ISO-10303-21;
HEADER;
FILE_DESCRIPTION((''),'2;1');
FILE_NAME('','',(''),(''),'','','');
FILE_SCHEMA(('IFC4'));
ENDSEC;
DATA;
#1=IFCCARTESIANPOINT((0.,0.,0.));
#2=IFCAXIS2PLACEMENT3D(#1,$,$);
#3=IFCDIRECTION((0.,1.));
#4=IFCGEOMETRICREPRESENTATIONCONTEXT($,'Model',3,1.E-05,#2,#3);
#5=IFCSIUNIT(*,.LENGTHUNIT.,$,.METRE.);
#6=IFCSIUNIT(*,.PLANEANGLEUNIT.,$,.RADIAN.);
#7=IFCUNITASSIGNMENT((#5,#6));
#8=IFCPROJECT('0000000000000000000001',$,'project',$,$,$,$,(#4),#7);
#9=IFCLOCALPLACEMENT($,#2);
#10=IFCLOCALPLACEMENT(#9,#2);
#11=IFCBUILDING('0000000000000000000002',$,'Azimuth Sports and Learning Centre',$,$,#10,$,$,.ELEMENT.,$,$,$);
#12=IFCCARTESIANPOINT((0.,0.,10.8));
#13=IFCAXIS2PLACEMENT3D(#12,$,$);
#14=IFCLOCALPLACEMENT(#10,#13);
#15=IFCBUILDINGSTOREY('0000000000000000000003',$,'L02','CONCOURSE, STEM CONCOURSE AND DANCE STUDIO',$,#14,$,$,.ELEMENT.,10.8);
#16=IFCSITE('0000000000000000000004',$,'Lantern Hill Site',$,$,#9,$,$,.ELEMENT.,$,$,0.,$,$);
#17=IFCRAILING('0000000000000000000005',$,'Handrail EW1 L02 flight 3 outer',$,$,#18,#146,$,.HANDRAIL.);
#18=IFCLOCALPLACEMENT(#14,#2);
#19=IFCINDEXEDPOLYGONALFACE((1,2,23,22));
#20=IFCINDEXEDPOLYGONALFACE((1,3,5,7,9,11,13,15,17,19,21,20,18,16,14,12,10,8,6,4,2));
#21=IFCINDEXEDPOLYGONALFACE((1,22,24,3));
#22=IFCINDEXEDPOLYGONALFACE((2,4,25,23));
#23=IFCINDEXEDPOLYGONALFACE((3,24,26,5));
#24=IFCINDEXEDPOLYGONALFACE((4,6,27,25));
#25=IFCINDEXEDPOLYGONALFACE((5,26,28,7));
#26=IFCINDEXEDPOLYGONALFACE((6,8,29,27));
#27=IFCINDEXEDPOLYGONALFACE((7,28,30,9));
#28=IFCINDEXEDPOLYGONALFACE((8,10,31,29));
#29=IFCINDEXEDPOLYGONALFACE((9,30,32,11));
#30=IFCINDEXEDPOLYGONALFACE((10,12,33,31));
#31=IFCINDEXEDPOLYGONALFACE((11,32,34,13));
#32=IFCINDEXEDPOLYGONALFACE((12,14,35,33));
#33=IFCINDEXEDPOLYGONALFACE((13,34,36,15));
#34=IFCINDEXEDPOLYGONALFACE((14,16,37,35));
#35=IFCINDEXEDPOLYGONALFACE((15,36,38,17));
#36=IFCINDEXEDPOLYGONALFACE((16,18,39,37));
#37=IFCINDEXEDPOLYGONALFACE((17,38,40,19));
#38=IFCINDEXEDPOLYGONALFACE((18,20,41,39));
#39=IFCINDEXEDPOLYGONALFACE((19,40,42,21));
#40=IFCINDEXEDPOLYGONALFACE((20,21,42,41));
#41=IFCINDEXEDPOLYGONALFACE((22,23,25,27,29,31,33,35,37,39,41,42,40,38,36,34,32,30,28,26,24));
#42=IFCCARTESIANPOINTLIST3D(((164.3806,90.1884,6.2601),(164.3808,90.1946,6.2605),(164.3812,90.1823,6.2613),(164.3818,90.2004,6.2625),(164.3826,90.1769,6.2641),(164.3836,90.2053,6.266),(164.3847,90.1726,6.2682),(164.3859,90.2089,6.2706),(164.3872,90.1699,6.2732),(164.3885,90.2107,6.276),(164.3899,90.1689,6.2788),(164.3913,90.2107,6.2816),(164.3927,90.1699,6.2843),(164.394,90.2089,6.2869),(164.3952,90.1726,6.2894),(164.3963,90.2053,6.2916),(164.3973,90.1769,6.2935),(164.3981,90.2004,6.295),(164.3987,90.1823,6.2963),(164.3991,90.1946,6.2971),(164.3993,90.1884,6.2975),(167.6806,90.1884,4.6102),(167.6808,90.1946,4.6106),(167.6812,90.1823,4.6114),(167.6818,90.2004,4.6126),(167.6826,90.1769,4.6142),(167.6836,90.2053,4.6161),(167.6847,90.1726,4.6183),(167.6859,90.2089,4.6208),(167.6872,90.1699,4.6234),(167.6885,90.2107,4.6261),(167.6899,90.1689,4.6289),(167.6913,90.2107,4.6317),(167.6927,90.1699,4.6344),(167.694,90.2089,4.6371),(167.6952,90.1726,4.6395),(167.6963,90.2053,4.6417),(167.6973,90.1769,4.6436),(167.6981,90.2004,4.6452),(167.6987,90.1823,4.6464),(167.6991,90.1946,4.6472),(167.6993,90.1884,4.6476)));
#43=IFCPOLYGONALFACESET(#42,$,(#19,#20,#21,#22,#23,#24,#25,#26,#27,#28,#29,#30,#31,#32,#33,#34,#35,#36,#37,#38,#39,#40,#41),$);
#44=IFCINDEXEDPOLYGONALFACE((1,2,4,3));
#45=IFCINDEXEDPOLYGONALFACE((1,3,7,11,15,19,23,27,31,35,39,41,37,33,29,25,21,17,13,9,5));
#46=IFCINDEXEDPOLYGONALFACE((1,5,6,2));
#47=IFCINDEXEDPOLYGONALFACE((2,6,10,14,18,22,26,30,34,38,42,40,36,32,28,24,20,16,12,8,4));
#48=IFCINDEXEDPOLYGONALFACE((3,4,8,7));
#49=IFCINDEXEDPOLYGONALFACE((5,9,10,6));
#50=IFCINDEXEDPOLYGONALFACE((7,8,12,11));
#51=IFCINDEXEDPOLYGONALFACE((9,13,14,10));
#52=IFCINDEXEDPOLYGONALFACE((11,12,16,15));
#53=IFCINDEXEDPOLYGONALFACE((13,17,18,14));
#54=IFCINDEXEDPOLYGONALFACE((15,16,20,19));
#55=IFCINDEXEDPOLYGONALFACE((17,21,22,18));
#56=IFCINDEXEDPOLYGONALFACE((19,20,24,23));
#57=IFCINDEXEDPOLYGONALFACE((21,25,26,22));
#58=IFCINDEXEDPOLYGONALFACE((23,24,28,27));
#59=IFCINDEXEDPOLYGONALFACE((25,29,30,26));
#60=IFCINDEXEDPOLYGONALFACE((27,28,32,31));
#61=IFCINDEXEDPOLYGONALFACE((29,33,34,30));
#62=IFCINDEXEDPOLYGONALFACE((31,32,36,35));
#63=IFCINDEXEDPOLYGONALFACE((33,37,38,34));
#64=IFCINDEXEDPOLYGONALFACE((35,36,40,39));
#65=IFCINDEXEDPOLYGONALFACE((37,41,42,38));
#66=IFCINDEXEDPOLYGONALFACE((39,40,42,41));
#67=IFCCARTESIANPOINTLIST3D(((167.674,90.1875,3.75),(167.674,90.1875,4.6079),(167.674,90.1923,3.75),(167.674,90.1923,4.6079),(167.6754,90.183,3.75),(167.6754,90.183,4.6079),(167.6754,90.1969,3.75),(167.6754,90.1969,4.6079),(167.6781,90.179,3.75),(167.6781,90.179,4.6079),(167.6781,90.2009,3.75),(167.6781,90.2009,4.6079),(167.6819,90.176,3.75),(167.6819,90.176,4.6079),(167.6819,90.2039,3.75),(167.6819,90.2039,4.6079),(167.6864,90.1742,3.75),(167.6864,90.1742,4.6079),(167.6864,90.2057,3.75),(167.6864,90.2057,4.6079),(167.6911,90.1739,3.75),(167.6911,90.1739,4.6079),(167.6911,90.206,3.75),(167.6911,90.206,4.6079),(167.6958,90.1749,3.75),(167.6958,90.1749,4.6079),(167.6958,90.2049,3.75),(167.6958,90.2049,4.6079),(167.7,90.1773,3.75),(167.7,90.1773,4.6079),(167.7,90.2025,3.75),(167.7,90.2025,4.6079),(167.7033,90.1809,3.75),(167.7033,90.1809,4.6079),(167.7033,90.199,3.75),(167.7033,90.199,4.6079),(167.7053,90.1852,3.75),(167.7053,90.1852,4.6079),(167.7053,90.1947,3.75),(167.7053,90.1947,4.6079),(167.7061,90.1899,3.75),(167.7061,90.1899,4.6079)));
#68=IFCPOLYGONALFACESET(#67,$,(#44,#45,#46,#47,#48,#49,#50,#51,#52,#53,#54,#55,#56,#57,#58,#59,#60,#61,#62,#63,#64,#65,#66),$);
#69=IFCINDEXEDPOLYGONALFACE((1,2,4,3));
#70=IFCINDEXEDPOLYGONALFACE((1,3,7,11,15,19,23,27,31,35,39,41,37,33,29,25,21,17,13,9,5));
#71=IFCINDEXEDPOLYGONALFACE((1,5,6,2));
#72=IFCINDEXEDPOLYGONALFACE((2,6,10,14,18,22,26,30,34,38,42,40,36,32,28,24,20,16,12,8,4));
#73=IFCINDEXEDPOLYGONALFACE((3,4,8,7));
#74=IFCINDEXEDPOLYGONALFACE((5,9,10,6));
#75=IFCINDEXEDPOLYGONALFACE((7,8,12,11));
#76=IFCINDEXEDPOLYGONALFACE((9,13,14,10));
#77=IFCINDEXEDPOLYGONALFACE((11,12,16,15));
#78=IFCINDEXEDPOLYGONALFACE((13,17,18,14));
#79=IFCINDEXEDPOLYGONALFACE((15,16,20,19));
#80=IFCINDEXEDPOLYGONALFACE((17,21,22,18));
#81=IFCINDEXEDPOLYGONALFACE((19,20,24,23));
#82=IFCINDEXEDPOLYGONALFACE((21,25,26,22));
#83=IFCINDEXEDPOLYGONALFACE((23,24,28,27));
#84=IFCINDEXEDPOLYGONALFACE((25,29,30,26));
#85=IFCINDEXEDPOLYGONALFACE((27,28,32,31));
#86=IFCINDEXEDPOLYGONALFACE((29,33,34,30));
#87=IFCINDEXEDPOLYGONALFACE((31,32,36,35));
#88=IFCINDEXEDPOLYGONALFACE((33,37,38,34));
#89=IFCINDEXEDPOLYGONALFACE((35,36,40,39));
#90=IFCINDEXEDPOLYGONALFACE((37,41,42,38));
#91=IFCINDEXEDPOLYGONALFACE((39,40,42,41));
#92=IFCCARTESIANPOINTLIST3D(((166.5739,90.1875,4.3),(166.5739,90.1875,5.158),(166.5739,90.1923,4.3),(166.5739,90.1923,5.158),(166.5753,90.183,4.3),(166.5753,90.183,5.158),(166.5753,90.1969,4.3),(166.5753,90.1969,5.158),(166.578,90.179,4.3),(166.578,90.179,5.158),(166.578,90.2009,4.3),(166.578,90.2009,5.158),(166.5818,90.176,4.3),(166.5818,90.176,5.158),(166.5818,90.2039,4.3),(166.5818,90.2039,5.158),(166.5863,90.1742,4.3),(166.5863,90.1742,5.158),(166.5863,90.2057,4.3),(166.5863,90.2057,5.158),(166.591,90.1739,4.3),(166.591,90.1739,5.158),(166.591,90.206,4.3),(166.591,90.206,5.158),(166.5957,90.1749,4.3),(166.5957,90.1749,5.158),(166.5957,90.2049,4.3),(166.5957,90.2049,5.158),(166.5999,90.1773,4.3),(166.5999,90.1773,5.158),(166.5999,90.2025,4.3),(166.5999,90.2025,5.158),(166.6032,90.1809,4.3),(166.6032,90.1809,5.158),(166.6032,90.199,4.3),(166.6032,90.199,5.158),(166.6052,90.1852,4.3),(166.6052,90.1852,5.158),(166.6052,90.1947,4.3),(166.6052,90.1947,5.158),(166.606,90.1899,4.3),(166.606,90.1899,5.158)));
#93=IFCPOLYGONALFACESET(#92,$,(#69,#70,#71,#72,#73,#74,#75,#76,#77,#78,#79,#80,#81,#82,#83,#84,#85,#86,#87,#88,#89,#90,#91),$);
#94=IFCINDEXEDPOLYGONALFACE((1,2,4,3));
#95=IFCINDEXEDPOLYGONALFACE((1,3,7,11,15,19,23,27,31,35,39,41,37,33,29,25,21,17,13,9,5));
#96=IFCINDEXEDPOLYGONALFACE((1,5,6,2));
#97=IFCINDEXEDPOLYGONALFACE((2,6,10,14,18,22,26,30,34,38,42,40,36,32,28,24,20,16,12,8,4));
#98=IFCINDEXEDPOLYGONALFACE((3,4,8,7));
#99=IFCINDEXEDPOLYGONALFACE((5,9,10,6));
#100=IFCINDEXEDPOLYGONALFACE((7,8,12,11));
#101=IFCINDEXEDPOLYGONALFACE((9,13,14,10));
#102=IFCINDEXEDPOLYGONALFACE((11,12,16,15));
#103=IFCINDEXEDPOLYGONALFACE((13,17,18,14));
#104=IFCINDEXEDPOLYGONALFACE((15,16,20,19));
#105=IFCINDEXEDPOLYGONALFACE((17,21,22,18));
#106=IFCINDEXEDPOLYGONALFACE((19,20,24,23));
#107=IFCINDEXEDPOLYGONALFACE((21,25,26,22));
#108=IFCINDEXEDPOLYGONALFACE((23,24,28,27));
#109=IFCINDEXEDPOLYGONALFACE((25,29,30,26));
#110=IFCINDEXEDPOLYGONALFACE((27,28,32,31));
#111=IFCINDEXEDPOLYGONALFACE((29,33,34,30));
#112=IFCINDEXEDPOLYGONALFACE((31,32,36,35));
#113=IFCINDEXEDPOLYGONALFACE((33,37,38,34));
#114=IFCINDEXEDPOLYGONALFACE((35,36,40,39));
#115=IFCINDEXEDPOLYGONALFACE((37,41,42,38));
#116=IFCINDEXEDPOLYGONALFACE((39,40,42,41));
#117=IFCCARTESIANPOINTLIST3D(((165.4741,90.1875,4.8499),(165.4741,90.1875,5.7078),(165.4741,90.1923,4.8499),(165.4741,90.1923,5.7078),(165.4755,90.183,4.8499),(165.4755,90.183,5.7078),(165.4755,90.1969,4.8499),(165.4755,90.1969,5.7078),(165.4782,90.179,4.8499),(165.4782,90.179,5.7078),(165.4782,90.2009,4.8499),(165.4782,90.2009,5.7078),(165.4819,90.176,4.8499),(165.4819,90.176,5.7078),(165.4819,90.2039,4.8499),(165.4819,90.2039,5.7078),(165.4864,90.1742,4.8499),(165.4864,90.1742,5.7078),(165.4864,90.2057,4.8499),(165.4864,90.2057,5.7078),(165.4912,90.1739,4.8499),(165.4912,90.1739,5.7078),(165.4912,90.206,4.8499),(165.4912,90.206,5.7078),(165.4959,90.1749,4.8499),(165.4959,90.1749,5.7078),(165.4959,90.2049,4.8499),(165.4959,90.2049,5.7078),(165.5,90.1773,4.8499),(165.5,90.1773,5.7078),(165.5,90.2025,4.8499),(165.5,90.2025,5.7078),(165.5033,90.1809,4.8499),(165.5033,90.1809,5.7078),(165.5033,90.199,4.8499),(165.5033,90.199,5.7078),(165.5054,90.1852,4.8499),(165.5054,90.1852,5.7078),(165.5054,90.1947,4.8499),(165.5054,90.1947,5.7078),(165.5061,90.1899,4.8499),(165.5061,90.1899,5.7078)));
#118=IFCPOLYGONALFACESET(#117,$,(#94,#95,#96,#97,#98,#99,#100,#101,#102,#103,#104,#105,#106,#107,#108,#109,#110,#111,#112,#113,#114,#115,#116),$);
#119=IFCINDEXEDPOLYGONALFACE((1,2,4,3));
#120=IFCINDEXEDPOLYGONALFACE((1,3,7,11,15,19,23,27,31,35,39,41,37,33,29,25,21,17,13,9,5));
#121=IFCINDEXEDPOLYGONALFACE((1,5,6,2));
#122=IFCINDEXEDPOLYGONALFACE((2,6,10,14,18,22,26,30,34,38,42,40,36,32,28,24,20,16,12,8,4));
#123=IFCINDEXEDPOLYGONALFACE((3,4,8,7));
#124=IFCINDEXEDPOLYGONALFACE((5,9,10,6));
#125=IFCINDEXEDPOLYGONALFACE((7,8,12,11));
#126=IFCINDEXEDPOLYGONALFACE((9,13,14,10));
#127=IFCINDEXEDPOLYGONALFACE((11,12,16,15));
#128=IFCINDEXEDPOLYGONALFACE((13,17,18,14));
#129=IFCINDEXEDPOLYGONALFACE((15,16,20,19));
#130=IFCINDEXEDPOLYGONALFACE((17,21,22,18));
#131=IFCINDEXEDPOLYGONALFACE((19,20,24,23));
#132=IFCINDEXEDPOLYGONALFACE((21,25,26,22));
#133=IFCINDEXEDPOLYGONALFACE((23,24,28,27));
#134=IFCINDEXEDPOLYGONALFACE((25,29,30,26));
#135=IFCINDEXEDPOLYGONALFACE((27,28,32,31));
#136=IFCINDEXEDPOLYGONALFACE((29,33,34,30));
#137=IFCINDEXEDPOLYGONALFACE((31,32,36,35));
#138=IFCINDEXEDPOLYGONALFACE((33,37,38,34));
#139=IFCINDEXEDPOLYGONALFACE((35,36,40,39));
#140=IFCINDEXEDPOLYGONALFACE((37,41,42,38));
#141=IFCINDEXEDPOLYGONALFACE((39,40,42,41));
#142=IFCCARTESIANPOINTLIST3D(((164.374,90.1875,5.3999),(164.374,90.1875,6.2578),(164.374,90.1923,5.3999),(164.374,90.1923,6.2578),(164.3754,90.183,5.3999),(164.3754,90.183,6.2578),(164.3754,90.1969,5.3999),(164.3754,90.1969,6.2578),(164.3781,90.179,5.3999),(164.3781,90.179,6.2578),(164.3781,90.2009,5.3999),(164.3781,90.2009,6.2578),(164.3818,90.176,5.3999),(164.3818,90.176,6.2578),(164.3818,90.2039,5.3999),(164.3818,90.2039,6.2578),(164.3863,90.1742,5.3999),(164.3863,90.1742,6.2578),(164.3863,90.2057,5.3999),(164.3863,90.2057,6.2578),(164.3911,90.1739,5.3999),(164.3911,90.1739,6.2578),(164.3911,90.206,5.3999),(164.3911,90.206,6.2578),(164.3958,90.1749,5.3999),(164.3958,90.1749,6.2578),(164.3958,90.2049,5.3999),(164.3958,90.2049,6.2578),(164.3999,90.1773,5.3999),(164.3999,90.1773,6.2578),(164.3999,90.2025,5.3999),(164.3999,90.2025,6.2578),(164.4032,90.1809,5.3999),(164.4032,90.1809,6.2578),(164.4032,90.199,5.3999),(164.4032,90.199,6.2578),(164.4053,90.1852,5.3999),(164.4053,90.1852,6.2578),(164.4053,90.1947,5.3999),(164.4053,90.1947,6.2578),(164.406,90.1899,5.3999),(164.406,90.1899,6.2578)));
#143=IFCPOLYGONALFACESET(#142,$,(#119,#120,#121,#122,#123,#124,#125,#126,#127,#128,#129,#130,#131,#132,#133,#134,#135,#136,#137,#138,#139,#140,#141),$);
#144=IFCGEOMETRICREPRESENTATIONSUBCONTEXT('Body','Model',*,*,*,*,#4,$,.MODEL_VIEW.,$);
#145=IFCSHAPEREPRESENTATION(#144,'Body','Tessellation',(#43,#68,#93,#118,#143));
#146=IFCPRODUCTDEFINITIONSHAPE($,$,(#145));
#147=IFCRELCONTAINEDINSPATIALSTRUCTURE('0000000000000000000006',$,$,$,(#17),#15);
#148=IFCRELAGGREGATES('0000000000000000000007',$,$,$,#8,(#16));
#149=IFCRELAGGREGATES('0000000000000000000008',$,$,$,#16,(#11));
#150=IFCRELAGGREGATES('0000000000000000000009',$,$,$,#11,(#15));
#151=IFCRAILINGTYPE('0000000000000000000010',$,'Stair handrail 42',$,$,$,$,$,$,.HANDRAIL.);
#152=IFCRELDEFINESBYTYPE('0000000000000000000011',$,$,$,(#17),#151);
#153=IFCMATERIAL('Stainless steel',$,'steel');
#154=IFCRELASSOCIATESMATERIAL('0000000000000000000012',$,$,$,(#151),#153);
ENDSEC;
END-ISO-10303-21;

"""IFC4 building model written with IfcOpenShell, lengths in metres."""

from ifc_helpers import new_model, si_unit, direction, frame, origin, origin_2d, place, context, subcontext, project, spatial, circle, extrude, material, type_object, element, save


model = new_model("IFC4")

# Units and contexts
model_context = context("Model", 3, precision=1e-05, world=origin(), true_north=direction((0.0, 1.0)))
body_context = subcontext(model_context, "Body", "Model", "MODEL_VIEW")
ifc_project = project(units=[si_unit("LENGTHUNIT", "METRE"), si_unit("PLANEANGLEUNIT", "RADIAN")], contexts=[model_context])

# Site, building, storey
site_placement = place(None, origin())
site = spatial("IfcSite", under=ifc_project, at=site_placement, Name="Lantern Hill Site", CompositionType="ELEMENT", RefElevation=0.0)
building_placement = place(site_placement, origin())
building = spatial("IfcBuilding", under=site, at=building_placement, Name="Azimuth Sports and Learning Centre", CompositionType="ELEMENT")
storey_placement = place(building_placement, frame((0.0, 0.0, 10.8)))
storey = spatial("IfcBuildingStorey", under=building, at=storey_placement, Name="L02", Description="CONCOURSE, STEM CONCOURSE AND DANCE STUDIO", CompositionType="ELEMENT", Elevation=10.8)

# Railing
ifc_material_1 = material(Name="Stainless steel", Category="steel")
railing_type_1 = type_object("IfcRailingType", Name="Stair handrail 42", PredefinedType="HANDRAIL", material=ifc_material_1)
for number, where, name in (
    (1, (167.6899, 90.1899, 3.75), "Handrail EW1 L02 flight 3 outer"),
):
    element("IfcRailing", number, at=place(storey_placement, frame(where)), inside=storey, type_object=railing_type_1, Name=name, PredefinedType="HANDRAIL", context=body_context, shape_type="SweptSolid", body=[
        extrude(circle(Radius=0.021, at=origin_2d()), frame((0.0, 0.0, 0.8789), z_axis=(-0.89444, 0.0, 0.447187), x_axis=(0.0, -1.0, 0.0)), (0.0, 0.0, 1.0), 3.6895),
        extrude(circle(Radius=0.0161, at=origin_2d()), origin(), (0.0, 0.0, 1.0), 0.8579),
        extrude(circle(Radius=0.0161, at=origin_2d()), frame((-1.1001, 0.0, 0.55)), (0.0, 0.0, 1.0), 0.8579),
        extrude(circle(Radius=0.0161, at=origin_2d()), frame((-2.2, 0.0, 1.0999)), (0.0, 0.0, 1.0), 0.8579),
        extrude(circle(Radius=0.0161, at=origin_2d()), frame((-3.3, 0.0, 1.6499)), (0.0, 0.0, 1.0), 0.8579),
    ])

save(model, "model.ifc")
